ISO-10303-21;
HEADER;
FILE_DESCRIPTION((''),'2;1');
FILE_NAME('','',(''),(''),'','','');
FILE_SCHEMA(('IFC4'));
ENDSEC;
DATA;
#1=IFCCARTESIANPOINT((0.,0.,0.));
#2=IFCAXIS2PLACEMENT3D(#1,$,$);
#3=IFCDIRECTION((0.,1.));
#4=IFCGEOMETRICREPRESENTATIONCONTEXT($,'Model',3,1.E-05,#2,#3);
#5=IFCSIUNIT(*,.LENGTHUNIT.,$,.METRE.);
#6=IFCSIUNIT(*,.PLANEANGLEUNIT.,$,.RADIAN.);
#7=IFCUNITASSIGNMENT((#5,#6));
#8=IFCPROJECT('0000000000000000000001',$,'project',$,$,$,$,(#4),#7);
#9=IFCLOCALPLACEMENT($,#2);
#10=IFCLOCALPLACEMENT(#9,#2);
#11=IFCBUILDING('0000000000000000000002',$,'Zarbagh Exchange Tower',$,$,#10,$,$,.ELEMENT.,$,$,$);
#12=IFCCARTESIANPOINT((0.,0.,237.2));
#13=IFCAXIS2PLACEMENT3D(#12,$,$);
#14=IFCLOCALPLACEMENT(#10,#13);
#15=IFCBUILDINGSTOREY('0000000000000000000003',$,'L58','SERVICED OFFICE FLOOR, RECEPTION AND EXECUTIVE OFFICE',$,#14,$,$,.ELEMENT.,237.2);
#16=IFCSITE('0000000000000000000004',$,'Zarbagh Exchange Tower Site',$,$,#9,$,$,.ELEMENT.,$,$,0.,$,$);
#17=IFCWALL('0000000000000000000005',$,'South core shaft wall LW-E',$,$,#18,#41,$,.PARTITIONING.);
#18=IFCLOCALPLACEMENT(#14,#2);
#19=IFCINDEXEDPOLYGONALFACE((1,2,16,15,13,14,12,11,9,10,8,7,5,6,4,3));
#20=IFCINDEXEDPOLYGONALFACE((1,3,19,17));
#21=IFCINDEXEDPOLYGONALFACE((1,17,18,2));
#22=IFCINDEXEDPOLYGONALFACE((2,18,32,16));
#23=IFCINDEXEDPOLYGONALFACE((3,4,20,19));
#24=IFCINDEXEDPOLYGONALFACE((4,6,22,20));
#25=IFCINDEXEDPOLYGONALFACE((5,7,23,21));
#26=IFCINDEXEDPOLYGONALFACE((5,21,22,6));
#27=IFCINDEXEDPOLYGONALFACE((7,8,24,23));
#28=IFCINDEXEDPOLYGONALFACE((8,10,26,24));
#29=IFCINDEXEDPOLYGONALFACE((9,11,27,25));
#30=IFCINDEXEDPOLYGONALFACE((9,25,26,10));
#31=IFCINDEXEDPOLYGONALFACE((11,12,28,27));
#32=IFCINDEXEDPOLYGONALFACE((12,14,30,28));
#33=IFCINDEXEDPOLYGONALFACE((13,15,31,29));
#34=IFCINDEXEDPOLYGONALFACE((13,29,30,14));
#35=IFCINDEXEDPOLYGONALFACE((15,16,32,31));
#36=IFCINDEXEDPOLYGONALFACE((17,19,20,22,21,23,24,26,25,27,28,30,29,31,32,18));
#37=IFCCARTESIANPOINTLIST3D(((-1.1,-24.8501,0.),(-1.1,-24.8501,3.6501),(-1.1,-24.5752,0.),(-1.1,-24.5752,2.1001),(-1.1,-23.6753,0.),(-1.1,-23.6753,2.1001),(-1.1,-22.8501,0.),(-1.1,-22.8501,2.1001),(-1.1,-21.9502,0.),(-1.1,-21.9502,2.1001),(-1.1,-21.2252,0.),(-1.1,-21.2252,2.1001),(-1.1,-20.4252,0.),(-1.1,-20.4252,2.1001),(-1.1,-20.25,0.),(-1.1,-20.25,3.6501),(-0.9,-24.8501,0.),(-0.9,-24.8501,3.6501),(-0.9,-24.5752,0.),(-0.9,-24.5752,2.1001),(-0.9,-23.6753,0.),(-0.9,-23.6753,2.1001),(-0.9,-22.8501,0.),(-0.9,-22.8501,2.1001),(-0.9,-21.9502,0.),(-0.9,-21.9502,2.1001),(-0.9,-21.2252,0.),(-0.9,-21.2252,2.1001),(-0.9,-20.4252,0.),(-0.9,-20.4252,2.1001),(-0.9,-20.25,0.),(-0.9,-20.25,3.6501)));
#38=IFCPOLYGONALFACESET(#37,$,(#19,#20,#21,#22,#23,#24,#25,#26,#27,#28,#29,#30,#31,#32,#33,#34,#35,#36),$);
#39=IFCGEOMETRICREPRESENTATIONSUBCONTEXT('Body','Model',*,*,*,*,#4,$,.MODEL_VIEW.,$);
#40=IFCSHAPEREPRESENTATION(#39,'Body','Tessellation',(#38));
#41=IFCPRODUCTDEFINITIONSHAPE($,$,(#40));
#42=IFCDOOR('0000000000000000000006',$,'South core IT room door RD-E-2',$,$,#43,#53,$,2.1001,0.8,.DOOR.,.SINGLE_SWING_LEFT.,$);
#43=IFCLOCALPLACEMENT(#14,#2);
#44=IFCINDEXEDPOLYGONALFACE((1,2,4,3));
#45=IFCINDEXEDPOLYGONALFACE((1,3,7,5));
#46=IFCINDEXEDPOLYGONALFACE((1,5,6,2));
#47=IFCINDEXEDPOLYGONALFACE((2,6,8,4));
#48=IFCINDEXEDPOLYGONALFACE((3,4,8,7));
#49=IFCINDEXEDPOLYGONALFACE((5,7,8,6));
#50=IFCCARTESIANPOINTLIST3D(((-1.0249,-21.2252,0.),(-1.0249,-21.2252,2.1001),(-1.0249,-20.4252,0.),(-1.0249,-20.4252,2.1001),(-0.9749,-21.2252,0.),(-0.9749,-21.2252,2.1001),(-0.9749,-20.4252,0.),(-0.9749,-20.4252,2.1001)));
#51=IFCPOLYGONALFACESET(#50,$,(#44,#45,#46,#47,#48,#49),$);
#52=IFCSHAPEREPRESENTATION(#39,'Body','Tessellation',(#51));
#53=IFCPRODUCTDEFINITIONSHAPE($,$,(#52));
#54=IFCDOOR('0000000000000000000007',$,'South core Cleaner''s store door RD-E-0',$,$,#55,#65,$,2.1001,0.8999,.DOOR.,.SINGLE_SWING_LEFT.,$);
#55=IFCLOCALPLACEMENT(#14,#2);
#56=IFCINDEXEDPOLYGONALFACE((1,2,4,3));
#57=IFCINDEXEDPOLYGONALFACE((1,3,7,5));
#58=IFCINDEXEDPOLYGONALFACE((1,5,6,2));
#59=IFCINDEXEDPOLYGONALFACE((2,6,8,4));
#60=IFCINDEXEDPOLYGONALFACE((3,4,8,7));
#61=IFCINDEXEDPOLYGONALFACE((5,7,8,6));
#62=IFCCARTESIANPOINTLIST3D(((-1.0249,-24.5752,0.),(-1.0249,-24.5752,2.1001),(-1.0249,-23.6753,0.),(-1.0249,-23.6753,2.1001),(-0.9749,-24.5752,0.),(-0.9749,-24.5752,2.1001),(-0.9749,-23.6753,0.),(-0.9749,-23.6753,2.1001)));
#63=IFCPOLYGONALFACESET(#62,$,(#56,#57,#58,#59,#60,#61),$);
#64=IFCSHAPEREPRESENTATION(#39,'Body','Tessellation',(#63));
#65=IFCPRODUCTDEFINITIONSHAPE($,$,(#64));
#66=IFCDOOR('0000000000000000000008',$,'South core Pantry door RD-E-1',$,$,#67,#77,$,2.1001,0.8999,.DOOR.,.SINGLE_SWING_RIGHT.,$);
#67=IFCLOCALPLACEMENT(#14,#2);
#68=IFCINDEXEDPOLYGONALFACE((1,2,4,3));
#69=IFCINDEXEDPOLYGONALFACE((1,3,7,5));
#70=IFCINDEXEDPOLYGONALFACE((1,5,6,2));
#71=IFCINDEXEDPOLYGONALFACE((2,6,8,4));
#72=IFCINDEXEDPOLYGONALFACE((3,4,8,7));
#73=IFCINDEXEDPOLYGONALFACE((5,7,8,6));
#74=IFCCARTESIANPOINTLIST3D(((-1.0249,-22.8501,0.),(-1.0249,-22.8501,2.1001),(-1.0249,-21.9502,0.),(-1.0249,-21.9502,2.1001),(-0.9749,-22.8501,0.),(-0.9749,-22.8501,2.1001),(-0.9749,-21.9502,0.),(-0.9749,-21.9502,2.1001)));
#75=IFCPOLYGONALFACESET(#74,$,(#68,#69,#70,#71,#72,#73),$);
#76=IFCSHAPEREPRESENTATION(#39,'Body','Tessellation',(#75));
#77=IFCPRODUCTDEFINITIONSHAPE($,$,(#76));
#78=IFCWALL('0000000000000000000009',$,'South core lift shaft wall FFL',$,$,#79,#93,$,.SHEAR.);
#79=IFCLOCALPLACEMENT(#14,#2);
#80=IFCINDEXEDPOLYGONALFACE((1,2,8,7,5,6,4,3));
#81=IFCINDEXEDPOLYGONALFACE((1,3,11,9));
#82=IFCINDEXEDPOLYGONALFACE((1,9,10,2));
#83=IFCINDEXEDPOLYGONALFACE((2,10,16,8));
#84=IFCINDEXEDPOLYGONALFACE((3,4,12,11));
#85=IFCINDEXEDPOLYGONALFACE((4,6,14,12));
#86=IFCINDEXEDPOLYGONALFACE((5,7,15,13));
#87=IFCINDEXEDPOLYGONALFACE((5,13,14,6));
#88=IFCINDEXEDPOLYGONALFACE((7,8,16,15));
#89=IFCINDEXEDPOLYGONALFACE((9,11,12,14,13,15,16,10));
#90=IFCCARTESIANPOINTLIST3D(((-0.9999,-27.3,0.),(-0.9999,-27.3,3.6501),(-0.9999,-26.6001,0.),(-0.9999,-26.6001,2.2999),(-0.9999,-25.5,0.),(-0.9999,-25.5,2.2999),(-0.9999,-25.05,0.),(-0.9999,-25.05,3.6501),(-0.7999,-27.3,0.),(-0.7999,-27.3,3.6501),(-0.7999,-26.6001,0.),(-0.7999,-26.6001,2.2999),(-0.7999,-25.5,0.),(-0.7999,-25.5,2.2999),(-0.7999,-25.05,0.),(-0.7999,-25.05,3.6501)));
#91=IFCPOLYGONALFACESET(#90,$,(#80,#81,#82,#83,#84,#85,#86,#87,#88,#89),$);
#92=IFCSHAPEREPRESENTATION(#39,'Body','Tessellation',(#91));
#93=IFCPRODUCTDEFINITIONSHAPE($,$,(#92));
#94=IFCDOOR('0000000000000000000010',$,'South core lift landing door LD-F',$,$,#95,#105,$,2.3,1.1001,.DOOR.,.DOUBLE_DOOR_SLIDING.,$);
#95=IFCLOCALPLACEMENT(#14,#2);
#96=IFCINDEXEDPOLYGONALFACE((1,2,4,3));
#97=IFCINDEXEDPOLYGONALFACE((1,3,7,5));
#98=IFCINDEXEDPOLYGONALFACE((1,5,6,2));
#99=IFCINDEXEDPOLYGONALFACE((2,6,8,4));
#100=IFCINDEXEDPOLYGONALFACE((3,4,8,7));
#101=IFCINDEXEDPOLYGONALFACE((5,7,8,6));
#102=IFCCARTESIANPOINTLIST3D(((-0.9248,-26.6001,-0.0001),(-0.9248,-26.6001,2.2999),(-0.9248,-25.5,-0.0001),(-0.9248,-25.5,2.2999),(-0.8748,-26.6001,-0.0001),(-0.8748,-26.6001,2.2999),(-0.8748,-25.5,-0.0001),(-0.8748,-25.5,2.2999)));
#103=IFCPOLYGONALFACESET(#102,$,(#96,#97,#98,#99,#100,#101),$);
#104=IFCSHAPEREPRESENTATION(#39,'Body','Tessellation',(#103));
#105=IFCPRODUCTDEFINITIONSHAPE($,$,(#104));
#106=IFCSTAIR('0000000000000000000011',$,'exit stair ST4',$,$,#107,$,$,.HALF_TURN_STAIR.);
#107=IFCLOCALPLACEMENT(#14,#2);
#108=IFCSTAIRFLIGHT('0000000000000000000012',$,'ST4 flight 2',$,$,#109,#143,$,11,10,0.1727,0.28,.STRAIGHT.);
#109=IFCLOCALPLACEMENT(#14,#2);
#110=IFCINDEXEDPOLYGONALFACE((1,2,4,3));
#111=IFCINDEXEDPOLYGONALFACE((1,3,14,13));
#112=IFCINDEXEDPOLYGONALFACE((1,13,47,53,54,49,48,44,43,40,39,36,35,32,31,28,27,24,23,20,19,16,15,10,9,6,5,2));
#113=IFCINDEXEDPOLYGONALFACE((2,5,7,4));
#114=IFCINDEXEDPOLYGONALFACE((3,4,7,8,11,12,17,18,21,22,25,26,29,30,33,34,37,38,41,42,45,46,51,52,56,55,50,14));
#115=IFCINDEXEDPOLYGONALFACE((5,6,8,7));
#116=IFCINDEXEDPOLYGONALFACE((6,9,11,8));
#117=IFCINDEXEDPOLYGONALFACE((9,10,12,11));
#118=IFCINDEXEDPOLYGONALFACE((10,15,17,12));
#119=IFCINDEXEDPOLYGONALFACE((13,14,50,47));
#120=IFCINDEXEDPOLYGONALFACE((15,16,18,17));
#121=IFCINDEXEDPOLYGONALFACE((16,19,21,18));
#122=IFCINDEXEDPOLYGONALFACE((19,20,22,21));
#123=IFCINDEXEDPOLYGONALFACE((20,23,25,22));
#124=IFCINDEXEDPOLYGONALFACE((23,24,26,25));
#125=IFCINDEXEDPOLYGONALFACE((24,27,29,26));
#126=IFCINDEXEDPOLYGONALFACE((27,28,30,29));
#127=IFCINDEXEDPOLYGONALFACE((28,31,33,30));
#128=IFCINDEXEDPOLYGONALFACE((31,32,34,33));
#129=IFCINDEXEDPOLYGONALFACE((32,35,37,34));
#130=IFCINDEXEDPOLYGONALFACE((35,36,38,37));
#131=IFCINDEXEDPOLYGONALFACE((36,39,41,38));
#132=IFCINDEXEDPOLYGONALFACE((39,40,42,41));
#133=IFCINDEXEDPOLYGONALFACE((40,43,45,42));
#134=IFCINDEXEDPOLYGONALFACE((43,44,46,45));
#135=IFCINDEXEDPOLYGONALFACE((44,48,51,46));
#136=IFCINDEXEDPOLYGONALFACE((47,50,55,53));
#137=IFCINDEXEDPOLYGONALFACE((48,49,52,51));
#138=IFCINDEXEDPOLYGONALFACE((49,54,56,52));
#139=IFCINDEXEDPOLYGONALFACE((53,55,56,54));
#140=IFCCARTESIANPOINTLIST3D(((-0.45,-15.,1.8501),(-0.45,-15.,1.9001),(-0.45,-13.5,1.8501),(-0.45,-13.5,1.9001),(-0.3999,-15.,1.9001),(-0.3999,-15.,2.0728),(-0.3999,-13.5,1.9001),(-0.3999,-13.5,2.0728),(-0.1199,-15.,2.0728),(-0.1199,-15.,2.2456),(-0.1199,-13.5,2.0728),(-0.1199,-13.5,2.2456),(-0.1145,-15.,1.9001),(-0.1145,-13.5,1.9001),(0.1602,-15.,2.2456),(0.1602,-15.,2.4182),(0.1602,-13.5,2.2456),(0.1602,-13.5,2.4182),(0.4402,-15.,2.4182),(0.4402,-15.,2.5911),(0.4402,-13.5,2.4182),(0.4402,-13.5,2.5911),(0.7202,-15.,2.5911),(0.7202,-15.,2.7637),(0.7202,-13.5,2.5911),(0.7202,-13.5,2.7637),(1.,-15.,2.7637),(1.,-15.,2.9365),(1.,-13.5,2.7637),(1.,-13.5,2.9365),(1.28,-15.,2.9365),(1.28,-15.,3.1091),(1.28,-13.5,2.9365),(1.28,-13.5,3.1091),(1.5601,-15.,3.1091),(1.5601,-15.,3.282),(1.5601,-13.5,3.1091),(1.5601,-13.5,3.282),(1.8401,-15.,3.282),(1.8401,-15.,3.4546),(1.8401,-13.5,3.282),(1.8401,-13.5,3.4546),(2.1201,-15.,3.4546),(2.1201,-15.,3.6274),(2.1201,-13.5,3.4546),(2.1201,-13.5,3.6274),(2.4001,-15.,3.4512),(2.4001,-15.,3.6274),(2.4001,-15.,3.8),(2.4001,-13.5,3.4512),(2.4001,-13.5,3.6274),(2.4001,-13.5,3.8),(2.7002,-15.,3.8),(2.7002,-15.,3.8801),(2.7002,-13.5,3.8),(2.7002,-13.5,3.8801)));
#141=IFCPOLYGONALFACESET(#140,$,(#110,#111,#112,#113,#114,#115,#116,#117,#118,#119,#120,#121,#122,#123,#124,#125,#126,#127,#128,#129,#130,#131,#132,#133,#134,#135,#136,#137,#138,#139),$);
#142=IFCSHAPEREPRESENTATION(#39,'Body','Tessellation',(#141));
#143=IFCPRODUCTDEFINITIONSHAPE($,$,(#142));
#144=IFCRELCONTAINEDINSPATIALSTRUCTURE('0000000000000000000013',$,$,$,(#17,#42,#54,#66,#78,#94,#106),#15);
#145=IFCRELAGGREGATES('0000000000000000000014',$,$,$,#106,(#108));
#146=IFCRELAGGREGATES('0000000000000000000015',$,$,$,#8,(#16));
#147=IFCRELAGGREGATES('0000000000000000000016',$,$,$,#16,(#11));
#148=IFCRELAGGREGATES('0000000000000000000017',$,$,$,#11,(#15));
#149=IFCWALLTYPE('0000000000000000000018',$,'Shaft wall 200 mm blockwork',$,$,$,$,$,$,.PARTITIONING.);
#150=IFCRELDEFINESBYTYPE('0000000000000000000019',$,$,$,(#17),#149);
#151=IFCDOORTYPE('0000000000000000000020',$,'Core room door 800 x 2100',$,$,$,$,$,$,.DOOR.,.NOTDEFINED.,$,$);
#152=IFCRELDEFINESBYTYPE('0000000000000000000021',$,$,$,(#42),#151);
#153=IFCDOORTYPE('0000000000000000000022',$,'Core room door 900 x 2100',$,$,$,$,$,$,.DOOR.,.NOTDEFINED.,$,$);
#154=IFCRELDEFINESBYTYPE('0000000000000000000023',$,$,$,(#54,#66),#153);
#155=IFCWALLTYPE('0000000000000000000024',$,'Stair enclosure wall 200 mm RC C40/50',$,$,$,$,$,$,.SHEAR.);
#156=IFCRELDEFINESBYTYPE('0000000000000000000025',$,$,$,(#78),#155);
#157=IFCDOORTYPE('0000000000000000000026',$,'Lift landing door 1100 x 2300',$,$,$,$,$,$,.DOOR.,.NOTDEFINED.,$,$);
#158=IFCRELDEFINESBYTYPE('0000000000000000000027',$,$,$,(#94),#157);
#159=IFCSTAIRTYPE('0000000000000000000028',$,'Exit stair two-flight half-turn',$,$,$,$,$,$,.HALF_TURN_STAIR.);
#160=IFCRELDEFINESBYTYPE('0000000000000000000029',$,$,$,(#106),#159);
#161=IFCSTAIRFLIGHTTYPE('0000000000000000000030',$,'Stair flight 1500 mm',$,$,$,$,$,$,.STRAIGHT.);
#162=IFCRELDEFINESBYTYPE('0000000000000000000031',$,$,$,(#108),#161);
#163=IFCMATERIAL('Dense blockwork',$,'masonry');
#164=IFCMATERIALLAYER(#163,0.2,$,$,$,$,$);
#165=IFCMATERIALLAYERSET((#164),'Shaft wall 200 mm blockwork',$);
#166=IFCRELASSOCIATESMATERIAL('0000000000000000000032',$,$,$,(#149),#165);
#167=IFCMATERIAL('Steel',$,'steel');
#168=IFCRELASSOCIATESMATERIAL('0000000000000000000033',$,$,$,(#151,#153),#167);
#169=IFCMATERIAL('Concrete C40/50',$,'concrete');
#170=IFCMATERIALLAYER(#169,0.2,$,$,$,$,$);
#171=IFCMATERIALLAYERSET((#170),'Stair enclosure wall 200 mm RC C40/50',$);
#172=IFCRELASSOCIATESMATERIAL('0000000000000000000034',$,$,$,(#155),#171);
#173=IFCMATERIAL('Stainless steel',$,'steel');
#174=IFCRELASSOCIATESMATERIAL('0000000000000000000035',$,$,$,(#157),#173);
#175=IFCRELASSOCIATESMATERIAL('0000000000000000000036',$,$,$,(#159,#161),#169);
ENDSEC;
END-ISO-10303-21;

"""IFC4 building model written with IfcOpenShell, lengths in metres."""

from ifc_helpers import new_model, si_unit, direction, frame, frame_2d, origin, place, context, subcontext, project, spatial, polyline, rectangle, outline, extrude, material, layer, layer_set, type_object, element, fill, aggregate, save


model = new_model("IFC4")

# Units and contexts
model_context = context("Model", 3, precision=1e-05, world=origin(), true_north=direction((0.0, 1.0)))
body_context = subcontext(model_context, "Body", "Model", "MODEL_VIEW")
ifc_project = project(units=[si_unit("LENGTHUNIT", "METRE"), si_unit("PLANEANGLEUNIT", "RADIAN")], contexts=[model_context])

# Site, building, storey
site_placement = place(None, origin())
site = spatial("IfcSite", under=ifc_project, at=site_placement, Name="Zarbagh Exchange Tower Site", CompositionType="ELEMENT", RefElevation=0.0)
building_placement = place(site_placement, origin())
building = spatial("IfcBuilding", under=site, at=building_placement, Name="Zarbagh Exchange Tower", CompositionType="ELEMENT")
storey_placement = place(building_placement, frame((0.0, 0.0, 237.2)))
storey = spatial("IfcBuildingStorey", under=building, at=storey_placement, Name="L58", Description="SERVICED OFFICE FLOOR, RECEPTION AND EXECUTIVE OFFICE", CompositionType="ELEMENT", Elevation=237.2)

# Shared definitions
ifc_material_1 = material(Name="Concrete C40/50", Category="concrete")

# Shared definitions
ifc_material_2 = material(Name="Dense blockwork", Category="masonry")

# Shared definitions
ifc_layer_1 = layer(ifc_material_2, 0.2)
ifc_layer_set_1 = layer_set([ifc_layer_1], Name="Shaft wall 200 mm blockwork")
wall_type_1 = type_object("IfcWallType", Name="Shaft wall 200 mm blockwork", PredefinedType="PARTITIONING", material=ifc_layer_set_1)

# Wall, openings, doors
wall_1_placement = place(storey_placement, frame((-1.0, -24.8501, 0.0), z_axis=(0.0, 0.0, 1.0), x_axis=(0.0, 1.0, 0.0)))
wall_1 = element("IfcWall", 1, at=wall_1_placement, inside=storey, type_object=wall_type_1, Name="South core shaft wall LW-E", PredefinedType="PARTITIONING", context=body_context, shape_type="SweptSolid", body=[
    extrude(rectangle(XDim=4.6001, YDim=0.2, at=frame_2d((2.3, 0.0))), origin(), (0.0, 0.0, 1.0), 3.6501),
])
opening_1_placement = place(wall_1_placement, frame((0.2749, 0.0, 0.0)))
opening_1 = element("IfcOpeningElement", 2, at=opening_1_placement, cuts=wall_1, PredefinedType="OPENING", context=body_context, shape_type="SweptSolid", body=[
    extrude(rectangle(XDim=0.8999, YDim=2.1001, at=frame_2d((0.45, 1.05))), frame((0.0, 0.1099, 0.0), z_axis=(0.0, -1.0, 0.0), x_axis=(1.0, 0.0, 0.0)), (0.0, 0.0, 1.0), 0.22),
])
opening_2_placement = place(wall_1_placement, frame((2.0, 0.0, 0.0)))
opening_2 = element("IfcOpeningElement", 3, at=opening_2_placement, cuts=wall_1, PredefinedType="OPENING", context=body_context, shape_type="SweptSolid", body=[
    extrude(rectangle(XDim=0.8999, YDim=2.1001, at=frame_2d((0.45, 1.05))), frame((0.0, 0.1099, 0.0), z_axis=(0.0, -1.0, 0.0), x_axis=(1.0, 0.0, 0.0)), (0.0, 0.0, 1.0), 0.22),
])
opening_3_placement = place(wall_1_placement, frame((3.625, 0.0, 0.0)))
opening_3 = element("IfcOpeningElement", 4, at=opening_3_placement, cuts=wall_1, PredefinedType="OPENING", context=body_context, shape_type="SweptSolid", body=[
    extrude(rectangle(XDim=0.8, YDim=2.1001, at=frame_2d((0.3999, 1.05))), frame((0.0, 0.1099, 0.0), z_axis=(0.0, -1.0, 0.0), x_axis=(1.0, 0.0, 0.0)), (0.0, 0.0, 1.0), 0.22),
])
ifc_material_3 = material(Name="Steel", Category="steel")
door_type_1 = type_object("IfcDoorType", Name="Core room door 800 x 2100", OperationType="NOTDEFINED", PredefinedType="DOOR", material=ifc_material_3)
door_1_placement = place(opening_3_placement, origin())
door_1 = element("IfcDoor", 5, at=door_1_placement, inside=storey, type_object=door_type_1, Name="South core IT room door RD-E-2", OperationType="SINGLE_SWING_LEFT", OverallHeight=2.1001, OverallWidth=0.8, PredefinedType="DOOR", context=body_context, shape_type="SweptSolid", body=[
    extrude(rectangle(XDim=0.8, YDim=2.1001, at=frame_2d((0.3999, 1.05))), frame((0.0, 0.0249, 0.0), z_axis=(0.0, -1.0, 0.0), x_axis=(1.0, 0.0, 0.0)), (0.0, 0.0, 1.0), 0.05),
])
fill(opening_3, door_1)
door_type_2 = type_object("IfcDoorType", Name="Core room door 900 x 2100", OperationType="NOTDEFINED", PredefinedType="DOOR", material=ifc_material_3)
door_2_placement = place(opening_1_placement, origin())
door_2 = element("IfcDoor", 6, at=door_2_placement, inside=storey, type_object=door_type_2, Name="South core Cleaner's store door RD-E-0", OperationType="SINGLE_SWING_LEFT", OverallHeight=2.1001, OverallWidth=0.8999, PredefinedType="DOOR", context=body_context, shape_type="SweptSolid", body=[
    extrude(rectangle(XDim=0.8999, YDim=2.1001, at=frame_2d((0.45, 1.05))), frame((0.0, 0.0249, 0.0), z_axis=(0.0, -1.0, 0.0), x_axis=(1.0, 0.0, 0.0)), (0.0, 0.0, 1.0), 0.05),
])
fill(opening_1, door_2)
door_3_placement = place(opening_2_placement, origin())
door_3 = element("IfcDoor", 7, at=door_3_placement, inside=storey, type_object=door_type_2, Name="South core Pantry door RD-E-1", OperationType="SINGLE_SWING_RIGHT", OverallHeight=2.1001, OverallWidth=0.8999, PredefinedType="DOOR", context=body_context, shape_type="SweptSolid", body=[
    extrude(rectangle(XDim=0.8999, YDim=2.1001, at=frame_2d((0.45, 1.05))), frame((0.0, 0.0249, 0.0), z_axis=(0.0, -1.0, 0.0), x_axis=(1.0, 0.0, 0.0)), (0.0, 0.0, 1.0), 0.05),
])
fill(opening_2, door_3)

# Wall, opening, door
ifc_layer_2 = layer(ifc_material_1, 0.2)
ifc_layer_set_2 = layer_set([ifc_layer_2], Name="Stair enclosure wall 200 mm RC C40/50")
wall_type_2 = type_object("IfcWallType", Name="Stair enclosure wall 200 mm RC C40/50", PredefinedType="SHEAR", material=ifc_layer_set_2)
wall_2_placement = place(storey_placement, frame((-0.8999, -27.3, 0.0), z_axis=(0.0, 0.0, 1.0), x_axis=(0.0, 1.0, 0.0)))
wall_2 = element("IfcWall", 8, at=wall_2_placement, inside=storey, type_object=wall_type_2, Name="South core lift shaft wall FFL", PredefinedType="SHEAR", context=body_context, shape_type="SweptSolid", body=[
    extrude(rectangle(XDim=2.25, YDim=0.2, at=frame_2d((1.125, 0.0))), origin(), (0.0, 0.0, 1.0), 3.6501),
])
opening_4_placement = place(wall_2_placement, frame((0.7, 0.0, 0.0)))
opening_4 = element("IfcOpeningElement", 9, at=opening_4_placement, cuts=wall_2, PredefinedType="OPENING", context=body_context, shape_type="SweptSolid", body=[
    extrude(rectangle(XDim=1.1001, YDim=2.3, at=frame_2d((0.55, 1.1499))), frame((0.0, 0.1099, 0.0), z_axis=(0.0, -1.0, 0.0), x_axis=(1.0, 0.0, 0.0)), (0.0, 0.0, 1.0), 0.22),
])
ifc_material_4 = material(Name="Stainless steel", Category="steel")
door_type_3 = type_object("IfcDoorType", Name="Lift landing door 1100 x 2300", OperationType="NOTDEFINED", PredefinedType="DOOR", material=ifc_material_4)
door_4_placement = place(opening_4_placement, origin())
door_4 = element("IfcDoor", 10, at=door_4_placement, inside=storey, type_object=door_type_3, Name="South core lift landing door LD-F", OperationType="DOUBLE_DOOR_SLIDING", OverallHeight=2.3, OverallWidth=1.1001, PredefinedType="DOOR", context=body_context, shape_type="SweptSolid", body=[
    extrude(rectangle(XDim=1.1001, YDim=2.3, at=frame_2d((0.55, 1.1499))), frame((0.0, 0.0249, 0.0), z_axis=(0.0, -1.0, 0.0), x_axis=(1.0, 0.0, 0.0)), (0.0, 0.0, 1.0), 0.05),
])
fill(opening_4, door_4)

# Stair, stair flight
stair_type = type_object("IfcStairType", Name="Exit stair two-flight half-turn", PredefinedType="HALF_TURN_STAIR", material=ifc_material_1)
stair_placement = place(storey_placement, origin())
stair = element("IfcStair", 11, at=stair_placement, inside=storey, type_object=stair_type, Name="exit stair ST4", PredefinedType="HALF_TURN_STAIR")
stair_flight_type = type_object("IfcStairFlightType", Name="Stair flight 1500 mm", PredefinedType="STRAIGHT", material=ifc_material_1)
stair_flight_placement = place(storey_placement, frame((-0.3999, -14.25, 1.9001), z_axis=(0.0, 0.0, 1.0), x_axis=(1.0, 0.0, 0.0)))
stair_flight = element("IfcStairFlight", 12, at=stair_flight_placement, type_object=stair_flight_type, Name="ST4 flight 2", NumberOfRisers=11, NumberOfTreads=10, PredefinedType="STRAIGHT", RiserHeight=0.1727, TreadLength=0.28, context=body_context, shape_type="SweptSolid", body=[
    extrude(outline(polyline([(-0.05, -0.05), (-0.05, 0.0), (0.0, 0.0), (0.0, 0.1726), (0.28, 0.1726), (0.28, 0.3455), (0.5601, 0.3455), (0.5601, 0.5181), (0.8401, 0.5181), (0.8401, 0.6909), (1.1201, 0.6909), (1.1201, 0.8635), (1.3999, 0.8635), (1.3999, 1.0364), (1.6799, 1.0364), (1.6799, 1.209), (1.96, 1.209), (1.96, 1.3818), (2.24, 1.3818), (2.24, 1.5544), (2.52, 1.5544), (2.52, 1.7273), (2.8, 1.7273), (2.8, 1.8999), (3.1001, 1.98), (3.1001, 1.8999), (2.8, 1.551), (0.2854, 0.0), (-0.05, -0.05)])), frame((0.0, 0.75, 0.0), z_axis=(0.0, -1.0, 0.0), x_axis=(1.0, 0.0, 0.0)), (0.0, 0.0, 1.0), 1.5),
])
aggregate(stair, [stair_flight])

save(model, "model.ifc")
